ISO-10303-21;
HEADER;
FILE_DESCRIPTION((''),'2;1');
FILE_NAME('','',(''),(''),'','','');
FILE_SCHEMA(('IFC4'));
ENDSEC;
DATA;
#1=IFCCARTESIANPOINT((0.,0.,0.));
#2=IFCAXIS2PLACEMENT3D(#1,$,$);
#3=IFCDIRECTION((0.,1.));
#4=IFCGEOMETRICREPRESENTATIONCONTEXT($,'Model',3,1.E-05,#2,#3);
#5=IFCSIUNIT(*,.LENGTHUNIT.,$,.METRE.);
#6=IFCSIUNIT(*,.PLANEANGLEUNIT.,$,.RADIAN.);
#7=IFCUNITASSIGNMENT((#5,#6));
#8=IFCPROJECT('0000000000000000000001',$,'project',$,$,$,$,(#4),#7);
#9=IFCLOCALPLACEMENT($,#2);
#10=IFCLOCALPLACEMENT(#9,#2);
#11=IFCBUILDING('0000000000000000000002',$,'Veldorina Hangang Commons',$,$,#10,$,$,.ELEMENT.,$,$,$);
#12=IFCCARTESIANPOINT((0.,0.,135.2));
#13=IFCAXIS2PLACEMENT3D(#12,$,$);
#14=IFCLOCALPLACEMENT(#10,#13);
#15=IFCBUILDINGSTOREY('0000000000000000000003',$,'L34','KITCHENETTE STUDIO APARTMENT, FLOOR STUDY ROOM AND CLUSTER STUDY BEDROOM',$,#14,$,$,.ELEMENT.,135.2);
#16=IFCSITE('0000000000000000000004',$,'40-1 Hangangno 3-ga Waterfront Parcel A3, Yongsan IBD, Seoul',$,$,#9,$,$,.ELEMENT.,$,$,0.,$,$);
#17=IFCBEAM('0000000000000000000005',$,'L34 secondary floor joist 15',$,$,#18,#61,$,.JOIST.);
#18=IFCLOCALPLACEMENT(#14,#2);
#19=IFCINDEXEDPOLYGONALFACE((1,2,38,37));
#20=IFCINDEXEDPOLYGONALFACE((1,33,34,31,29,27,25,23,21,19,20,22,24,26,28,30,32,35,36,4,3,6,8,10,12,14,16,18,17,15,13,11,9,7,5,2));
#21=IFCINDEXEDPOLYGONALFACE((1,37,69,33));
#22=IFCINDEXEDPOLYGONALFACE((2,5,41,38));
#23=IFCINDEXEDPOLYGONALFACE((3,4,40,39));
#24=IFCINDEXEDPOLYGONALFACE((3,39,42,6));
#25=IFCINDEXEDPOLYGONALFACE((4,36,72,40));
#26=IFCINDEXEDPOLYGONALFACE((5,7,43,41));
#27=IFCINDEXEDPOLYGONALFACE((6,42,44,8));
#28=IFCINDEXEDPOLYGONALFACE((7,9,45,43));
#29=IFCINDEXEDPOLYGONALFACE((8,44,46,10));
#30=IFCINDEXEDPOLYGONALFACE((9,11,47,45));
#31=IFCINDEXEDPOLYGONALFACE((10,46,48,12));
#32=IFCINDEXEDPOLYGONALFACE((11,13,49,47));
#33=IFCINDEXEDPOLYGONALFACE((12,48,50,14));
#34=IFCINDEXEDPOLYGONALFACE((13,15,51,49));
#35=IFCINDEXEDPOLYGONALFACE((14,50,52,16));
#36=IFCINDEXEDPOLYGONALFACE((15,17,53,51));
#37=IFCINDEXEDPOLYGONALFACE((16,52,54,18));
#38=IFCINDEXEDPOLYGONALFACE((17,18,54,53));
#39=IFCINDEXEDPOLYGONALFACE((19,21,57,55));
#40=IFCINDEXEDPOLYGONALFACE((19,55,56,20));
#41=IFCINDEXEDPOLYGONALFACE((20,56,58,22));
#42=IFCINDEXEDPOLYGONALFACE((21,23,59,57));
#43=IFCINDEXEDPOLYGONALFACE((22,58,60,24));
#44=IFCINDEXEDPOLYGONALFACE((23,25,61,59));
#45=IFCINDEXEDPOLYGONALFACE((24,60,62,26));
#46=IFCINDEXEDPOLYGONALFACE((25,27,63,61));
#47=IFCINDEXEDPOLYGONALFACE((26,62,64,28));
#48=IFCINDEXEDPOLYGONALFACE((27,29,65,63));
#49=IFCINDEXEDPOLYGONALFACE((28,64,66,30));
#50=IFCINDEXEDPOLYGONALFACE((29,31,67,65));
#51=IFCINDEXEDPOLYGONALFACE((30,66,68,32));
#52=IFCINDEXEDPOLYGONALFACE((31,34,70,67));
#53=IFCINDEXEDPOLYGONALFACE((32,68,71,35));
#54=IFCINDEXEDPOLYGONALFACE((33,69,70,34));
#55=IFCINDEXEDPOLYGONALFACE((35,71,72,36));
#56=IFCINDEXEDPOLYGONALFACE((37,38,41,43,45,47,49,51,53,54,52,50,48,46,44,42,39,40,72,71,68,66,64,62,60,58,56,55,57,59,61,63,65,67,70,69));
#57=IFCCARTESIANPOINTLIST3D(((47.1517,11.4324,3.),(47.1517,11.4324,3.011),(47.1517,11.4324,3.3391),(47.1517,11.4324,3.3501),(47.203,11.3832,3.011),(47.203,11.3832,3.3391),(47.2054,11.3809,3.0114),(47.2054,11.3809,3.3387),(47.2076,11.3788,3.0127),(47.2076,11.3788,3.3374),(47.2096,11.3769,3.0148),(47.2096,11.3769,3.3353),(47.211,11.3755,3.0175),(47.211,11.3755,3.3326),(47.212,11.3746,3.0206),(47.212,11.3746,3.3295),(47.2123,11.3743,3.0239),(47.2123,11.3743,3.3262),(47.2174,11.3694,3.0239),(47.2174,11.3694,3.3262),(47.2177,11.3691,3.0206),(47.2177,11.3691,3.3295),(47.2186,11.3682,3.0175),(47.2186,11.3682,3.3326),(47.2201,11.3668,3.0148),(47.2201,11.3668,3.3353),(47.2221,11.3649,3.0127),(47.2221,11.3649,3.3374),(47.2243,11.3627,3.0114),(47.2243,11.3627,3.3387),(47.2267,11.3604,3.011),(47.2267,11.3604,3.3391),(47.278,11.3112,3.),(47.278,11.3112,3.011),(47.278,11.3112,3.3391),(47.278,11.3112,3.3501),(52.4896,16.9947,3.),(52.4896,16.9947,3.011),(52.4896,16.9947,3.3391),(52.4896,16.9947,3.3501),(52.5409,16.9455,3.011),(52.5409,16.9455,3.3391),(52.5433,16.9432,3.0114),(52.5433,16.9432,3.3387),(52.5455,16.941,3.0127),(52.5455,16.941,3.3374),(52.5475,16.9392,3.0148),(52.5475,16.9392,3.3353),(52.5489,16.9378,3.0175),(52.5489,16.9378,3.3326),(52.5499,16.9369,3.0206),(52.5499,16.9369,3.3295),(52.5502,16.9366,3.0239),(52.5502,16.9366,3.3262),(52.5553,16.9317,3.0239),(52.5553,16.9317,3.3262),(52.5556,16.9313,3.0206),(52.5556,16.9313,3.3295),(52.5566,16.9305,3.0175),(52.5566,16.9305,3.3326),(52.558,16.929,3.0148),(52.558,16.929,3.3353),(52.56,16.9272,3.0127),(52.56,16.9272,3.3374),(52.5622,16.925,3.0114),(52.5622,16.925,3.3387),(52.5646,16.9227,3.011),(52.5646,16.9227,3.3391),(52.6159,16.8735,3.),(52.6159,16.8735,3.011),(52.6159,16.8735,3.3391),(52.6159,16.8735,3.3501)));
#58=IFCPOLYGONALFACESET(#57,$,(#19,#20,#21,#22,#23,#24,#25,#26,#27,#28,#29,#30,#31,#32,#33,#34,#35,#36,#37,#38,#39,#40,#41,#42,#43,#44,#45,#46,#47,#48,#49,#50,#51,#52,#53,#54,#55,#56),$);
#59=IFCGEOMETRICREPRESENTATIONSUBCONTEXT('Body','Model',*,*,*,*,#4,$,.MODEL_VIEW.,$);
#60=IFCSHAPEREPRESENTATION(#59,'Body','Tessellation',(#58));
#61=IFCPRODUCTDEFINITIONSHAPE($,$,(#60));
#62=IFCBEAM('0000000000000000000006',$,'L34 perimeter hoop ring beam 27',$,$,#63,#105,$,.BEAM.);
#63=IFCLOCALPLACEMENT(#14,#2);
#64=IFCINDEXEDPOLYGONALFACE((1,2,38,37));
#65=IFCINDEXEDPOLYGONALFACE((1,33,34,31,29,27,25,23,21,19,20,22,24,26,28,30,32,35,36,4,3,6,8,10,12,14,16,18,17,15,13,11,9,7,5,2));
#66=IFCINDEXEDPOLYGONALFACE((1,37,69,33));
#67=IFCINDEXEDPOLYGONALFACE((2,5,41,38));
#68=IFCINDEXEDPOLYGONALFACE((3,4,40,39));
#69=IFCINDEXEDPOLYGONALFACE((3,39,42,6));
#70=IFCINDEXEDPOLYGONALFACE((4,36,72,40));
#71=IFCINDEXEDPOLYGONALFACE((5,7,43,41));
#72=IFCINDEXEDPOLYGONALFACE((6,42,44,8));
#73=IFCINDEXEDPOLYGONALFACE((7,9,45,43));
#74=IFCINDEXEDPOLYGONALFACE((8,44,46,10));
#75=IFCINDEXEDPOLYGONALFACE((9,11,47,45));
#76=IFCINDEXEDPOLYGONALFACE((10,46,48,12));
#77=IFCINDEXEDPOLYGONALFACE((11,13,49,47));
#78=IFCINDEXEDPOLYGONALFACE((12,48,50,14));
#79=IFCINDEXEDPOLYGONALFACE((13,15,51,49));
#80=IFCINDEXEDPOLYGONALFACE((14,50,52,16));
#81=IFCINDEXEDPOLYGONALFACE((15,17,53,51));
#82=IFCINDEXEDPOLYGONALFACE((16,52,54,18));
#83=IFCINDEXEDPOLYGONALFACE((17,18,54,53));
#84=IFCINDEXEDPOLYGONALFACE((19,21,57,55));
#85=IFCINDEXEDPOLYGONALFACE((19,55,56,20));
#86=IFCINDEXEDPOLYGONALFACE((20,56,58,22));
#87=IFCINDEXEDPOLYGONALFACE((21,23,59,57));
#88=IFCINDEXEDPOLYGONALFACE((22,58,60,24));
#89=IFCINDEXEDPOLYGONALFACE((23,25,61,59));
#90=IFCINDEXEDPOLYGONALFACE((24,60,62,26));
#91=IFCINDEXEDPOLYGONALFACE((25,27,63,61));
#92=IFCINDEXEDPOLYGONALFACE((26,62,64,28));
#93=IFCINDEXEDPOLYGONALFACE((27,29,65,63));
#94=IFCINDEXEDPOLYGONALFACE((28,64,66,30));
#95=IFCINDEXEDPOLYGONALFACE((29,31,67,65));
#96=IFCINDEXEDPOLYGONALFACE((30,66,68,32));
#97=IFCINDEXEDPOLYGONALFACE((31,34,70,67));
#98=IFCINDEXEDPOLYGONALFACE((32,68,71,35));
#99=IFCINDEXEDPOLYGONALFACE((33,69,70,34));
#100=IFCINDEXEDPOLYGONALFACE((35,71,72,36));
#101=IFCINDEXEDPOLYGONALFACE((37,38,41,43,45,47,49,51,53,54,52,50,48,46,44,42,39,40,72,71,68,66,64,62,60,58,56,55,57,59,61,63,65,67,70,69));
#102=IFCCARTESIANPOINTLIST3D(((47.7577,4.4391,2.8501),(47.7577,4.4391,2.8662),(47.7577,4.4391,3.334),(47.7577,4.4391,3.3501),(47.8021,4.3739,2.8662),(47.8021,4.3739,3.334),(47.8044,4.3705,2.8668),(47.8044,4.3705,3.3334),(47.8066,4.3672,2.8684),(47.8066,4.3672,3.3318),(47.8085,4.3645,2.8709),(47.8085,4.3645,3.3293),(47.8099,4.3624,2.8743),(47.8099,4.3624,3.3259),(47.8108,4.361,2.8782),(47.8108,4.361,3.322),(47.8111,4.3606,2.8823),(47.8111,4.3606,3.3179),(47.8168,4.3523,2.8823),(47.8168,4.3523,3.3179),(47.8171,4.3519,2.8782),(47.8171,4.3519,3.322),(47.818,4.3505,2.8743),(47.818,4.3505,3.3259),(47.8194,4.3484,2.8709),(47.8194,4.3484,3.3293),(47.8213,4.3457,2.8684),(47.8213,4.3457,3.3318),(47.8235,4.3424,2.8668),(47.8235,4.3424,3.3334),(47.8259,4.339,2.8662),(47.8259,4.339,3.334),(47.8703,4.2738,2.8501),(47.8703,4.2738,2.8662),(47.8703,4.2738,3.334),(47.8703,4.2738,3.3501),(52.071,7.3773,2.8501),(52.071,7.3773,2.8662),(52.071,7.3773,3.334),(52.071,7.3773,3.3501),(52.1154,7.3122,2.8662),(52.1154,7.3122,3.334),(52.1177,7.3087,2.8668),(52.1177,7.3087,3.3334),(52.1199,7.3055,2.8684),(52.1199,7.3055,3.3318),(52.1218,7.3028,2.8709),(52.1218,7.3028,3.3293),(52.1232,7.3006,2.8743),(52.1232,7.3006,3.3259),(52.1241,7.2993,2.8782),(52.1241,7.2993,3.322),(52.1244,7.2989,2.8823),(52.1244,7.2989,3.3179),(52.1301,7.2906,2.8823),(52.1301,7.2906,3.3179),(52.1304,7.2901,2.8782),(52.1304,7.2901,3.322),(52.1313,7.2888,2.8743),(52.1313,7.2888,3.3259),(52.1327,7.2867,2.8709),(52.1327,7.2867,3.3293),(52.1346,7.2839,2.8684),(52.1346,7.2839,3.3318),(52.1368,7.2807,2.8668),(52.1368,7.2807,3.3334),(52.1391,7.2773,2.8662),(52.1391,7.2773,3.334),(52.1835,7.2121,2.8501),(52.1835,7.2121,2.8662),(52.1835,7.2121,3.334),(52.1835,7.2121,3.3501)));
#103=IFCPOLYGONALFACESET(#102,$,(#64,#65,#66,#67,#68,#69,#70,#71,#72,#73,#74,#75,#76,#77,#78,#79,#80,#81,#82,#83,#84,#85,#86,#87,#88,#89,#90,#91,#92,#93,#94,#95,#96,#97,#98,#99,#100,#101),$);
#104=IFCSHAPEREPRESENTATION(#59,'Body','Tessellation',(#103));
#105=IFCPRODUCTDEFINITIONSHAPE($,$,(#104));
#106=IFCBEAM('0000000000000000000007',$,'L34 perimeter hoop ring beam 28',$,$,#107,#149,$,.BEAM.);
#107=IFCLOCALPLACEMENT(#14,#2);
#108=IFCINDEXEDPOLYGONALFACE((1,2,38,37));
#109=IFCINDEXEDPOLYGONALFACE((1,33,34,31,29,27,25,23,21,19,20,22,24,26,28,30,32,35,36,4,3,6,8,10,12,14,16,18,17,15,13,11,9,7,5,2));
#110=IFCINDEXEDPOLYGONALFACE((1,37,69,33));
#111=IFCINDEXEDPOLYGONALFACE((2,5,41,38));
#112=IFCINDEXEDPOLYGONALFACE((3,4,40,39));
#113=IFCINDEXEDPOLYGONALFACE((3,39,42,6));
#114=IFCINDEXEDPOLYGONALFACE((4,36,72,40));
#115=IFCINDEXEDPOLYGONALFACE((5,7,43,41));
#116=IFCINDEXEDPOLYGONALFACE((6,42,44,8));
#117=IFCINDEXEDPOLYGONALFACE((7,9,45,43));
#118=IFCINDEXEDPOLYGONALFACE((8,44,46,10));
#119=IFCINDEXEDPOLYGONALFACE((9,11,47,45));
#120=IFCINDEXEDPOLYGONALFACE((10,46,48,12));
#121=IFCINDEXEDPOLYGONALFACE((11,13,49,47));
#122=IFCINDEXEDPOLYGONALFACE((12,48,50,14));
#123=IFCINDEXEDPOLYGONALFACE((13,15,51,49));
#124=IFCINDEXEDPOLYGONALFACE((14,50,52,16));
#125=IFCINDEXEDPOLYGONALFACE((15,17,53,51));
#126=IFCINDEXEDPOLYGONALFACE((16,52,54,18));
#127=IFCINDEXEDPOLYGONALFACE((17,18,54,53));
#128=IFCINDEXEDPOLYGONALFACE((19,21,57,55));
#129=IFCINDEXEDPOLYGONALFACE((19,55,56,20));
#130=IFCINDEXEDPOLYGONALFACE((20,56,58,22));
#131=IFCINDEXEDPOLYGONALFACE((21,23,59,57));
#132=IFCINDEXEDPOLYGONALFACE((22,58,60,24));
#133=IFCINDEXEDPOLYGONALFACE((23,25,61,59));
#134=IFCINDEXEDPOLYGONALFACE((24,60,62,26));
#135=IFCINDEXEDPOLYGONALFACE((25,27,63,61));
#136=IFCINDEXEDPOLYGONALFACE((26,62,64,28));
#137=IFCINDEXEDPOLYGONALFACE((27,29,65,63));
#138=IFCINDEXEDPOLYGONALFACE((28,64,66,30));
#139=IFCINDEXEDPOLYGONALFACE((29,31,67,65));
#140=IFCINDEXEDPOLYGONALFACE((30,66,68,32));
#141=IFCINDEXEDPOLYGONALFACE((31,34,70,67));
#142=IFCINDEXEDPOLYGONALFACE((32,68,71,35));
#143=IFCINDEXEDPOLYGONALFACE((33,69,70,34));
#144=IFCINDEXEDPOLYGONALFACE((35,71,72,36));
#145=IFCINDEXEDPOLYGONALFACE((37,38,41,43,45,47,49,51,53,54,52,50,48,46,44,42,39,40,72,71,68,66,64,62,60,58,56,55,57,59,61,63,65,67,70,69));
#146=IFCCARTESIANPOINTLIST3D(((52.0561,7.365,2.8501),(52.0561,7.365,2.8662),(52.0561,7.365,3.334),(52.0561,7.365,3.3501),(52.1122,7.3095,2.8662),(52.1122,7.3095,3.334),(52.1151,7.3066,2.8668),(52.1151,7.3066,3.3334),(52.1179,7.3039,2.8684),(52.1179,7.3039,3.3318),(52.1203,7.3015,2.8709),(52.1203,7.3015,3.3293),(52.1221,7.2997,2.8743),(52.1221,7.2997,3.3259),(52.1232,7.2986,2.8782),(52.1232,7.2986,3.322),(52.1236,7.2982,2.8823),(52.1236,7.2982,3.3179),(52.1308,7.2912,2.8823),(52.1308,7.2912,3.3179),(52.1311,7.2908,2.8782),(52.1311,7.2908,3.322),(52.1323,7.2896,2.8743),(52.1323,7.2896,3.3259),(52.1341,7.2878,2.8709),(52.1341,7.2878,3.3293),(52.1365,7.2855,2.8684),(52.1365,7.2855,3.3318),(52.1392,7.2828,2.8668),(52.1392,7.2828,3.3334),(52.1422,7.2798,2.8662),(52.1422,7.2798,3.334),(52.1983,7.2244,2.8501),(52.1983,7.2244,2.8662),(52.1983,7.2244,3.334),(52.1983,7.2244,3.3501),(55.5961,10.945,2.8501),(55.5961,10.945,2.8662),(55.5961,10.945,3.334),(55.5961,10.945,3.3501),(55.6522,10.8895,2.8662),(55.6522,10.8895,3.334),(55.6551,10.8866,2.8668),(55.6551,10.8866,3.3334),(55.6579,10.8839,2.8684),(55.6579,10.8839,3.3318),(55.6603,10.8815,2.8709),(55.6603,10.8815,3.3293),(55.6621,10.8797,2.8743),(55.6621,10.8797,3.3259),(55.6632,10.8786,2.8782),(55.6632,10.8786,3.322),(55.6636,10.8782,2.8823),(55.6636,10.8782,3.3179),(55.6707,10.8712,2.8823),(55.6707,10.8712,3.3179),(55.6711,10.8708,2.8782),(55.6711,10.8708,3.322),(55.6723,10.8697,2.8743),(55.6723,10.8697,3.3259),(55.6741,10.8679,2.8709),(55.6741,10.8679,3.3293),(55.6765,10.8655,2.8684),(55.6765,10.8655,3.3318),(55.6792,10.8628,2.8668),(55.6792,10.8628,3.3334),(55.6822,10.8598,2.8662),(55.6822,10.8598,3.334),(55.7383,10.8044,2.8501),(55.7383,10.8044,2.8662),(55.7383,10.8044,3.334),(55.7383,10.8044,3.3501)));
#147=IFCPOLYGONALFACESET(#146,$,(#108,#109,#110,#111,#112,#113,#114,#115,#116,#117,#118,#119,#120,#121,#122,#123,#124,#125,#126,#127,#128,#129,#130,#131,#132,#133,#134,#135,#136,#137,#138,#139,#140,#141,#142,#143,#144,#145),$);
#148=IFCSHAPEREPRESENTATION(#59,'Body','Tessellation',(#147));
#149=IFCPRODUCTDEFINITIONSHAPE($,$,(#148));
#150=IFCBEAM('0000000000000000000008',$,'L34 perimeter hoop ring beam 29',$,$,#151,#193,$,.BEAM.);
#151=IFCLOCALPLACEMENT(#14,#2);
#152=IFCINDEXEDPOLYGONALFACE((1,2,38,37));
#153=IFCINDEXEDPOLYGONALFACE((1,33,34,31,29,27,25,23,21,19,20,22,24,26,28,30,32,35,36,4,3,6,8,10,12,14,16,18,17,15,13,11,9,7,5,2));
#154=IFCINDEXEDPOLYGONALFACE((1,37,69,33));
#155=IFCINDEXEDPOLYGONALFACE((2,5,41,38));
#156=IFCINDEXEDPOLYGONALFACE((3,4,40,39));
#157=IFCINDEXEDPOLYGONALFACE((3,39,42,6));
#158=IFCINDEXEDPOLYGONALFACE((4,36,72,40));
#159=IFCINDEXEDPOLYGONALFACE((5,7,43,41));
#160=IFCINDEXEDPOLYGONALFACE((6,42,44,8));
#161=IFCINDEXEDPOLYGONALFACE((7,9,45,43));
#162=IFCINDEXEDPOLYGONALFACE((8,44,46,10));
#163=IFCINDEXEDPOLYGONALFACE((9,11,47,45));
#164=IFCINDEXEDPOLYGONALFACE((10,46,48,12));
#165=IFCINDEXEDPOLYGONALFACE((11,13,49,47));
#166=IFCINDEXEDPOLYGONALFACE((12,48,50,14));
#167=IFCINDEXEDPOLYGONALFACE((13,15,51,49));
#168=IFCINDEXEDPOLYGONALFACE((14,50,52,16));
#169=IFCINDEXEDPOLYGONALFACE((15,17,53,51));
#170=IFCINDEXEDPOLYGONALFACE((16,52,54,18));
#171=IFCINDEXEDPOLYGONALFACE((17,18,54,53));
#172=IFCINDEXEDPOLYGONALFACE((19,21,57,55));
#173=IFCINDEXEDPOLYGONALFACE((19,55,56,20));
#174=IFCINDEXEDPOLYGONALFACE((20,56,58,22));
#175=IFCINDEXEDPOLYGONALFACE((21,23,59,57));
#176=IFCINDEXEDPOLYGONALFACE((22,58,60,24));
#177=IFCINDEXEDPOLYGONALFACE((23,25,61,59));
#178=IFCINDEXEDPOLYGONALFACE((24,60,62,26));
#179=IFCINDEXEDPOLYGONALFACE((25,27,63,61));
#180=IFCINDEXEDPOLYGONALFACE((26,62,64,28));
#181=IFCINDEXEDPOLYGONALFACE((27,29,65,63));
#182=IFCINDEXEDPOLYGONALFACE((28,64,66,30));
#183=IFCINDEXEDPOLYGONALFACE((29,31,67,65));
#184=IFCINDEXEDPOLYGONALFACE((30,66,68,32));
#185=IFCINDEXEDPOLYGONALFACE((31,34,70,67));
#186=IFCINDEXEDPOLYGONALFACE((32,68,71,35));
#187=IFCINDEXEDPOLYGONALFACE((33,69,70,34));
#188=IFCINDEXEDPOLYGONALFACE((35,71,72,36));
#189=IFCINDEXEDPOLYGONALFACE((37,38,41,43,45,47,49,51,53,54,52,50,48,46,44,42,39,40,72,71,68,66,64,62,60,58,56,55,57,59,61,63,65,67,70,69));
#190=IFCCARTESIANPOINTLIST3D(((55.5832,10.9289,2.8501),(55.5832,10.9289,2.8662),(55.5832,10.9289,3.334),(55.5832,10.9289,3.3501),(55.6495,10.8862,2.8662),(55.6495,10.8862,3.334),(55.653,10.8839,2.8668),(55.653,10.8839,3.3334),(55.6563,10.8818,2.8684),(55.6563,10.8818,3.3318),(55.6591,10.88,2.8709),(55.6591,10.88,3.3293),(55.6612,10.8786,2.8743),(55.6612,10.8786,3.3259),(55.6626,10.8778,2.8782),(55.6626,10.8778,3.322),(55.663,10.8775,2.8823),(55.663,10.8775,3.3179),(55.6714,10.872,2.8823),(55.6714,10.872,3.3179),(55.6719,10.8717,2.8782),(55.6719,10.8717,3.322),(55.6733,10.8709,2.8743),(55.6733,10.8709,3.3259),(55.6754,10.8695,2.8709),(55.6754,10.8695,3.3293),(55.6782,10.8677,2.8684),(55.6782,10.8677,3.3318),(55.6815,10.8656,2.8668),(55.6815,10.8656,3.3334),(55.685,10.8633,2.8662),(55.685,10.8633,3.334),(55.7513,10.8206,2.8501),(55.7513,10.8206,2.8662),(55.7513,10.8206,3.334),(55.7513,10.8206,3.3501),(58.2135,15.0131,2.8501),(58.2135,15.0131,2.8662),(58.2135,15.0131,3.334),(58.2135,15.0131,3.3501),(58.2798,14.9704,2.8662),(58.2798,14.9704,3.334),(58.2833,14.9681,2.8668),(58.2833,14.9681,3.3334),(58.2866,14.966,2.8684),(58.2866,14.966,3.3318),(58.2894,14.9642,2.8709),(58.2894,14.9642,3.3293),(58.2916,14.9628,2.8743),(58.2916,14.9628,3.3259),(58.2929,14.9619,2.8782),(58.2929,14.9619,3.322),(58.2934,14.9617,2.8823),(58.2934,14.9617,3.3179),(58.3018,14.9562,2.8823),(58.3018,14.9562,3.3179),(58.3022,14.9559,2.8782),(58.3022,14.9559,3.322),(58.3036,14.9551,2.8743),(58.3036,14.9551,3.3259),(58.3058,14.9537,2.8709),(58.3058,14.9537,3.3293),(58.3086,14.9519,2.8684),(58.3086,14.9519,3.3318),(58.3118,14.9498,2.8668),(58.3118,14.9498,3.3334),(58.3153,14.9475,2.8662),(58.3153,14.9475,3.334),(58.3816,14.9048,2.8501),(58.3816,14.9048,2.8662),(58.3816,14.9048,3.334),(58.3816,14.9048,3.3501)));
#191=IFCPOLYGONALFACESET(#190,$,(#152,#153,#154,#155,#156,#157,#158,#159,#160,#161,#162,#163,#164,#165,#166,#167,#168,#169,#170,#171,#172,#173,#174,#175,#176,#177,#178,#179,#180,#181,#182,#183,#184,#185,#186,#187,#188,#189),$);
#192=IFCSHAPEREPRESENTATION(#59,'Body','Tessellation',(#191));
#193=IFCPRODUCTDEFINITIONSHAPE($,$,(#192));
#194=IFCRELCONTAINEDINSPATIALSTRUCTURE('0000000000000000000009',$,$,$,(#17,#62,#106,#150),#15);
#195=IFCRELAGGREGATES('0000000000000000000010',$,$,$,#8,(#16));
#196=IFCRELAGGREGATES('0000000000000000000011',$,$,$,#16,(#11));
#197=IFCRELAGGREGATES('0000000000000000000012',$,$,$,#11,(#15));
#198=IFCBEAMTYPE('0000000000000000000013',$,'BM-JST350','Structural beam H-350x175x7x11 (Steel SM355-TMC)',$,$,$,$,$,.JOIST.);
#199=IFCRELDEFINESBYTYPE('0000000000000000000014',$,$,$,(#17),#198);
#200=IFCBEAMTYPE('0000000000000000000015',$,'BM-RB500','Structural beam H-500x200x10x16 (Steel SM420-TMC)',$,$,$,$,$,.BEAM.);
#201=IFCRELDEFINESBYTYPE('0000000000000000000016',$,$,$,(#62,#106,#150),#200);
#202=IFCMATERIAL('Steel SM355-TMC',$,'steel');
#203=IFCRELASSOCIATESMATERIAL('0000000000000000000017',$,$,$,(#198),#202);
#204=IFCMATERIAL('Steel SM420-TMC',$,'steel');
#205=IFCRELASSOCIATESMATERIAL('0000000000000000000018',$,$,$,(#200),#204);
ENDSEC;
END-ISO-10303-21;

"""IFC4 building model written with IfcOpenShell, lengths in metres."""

from ifc_helpers import new_model, si_unit, direction, frame, origin, origin_2d, place, context, subcontext, project, spatial, i_section, extrude, material, material_profile, profile_set, type_object, element, save


model = new_model("IFC4")

# Units and contexts
model_context = context("Model", 3, precision=1e-05, world=origin(), true_north=direction((0.0, 1.0)))
body_context = subcontext(model_context, "Body", "Model", "MODEL_VIEW")
ifc_project = project(units=[si_unit("LENGTHUNIT", "METRE"), si_unit("PLANEANGLEUNIT", "RADIAN")], contexts=[model_context])

# Site, building, storey
site_placement = place(None, origin())
site = spatial("IfcSite", under=ifc_project, at=site_placement, Name="40-1 Hangangno 3-ga Waterfront Parcel A3, Yongsan IBD, Seoul", CompositionType="ELEMENT", RefElevation=0.0)
building_placement = place(site_placement, origin())
building = spatial("IfcBuilding", under=site, at=building_placement, Name="Veldorina Hangang Commons", CompositionType="ELEMENT")
storey_placement = place(building_placement, frame((0.0, 0.0, 135.2)))
storey = spatial("IfcBuildingStorey", under=building, at=storey_placement, Name="L34", Description="KITCHENETTE STUDIO APARTMENT, FLOOR STUDY ROOM AND CLUSTER STUDY BEDROOM", CompositionType="ELEMENT", Elevation=135.2)

# Beams
ifc_material_1 = material(Name="Steel SM355-TMC", Category="steel")
ifc_material_profile_1 = material_profile(ifc_material_1, i_section(OverallWidth=0.175, OverallDepth=0.3501, WebThickness=0.0071, FlangeThickness=0.011, FilletRadius=0.0129, at=origin_2d()), Name="H-350x175x7x11")
ifc_profile_set_1 = profile_set([ifc_material_profile_1], Name="Steel SM355-TMC")
beam_type_1 = type_object("IfcBeamType", Name="BM-JST350", Description="Structural beam H-350x175x7x11 (Steel SM355-TMC)", PredefinedType="JOIST", material=ifc_profile_set_1)
beam_1_placement = place(storey_placement, frame((47.2148, 11.3718, 3.175), z_axis=(0.692405, 0.721509, 0.0), x_axis=(-0.721509, 0.692405, 0.0)))
element("IfcBeam", 1, at=beam_1_placement, inside=storey, type_object=beam_type_1, Name="L34 secondary floor joist 15", PredefinedType="JOIST", context=body_context, shape_type="SweptSolid", body=[
    extrude(i_section(OverallWidth=0.175, OverallDepth=0.3501, WebThickness=0.0071, FlangeThickness=0.011, FilletRadius=0.0129, at=origin_2d()), origin(), (0.0, 0.0, 1.0), 7.7092),
])
ifc_material_2 = material(Name="Steel SM420-TMC", Category="steel")
ifc_material_profile_2 = material_profile(ifc_material_2, i_section(OverallWidth=0.2, OverallDepth=0.5, WebThickness=0.01, FlangeThickness=0.0161, FilletRadius=0.0161, at=origin_2d()), Name="H-500x200x10x16")
ifc_profile_set_2 = profile_set([ifc_material_profile_2], Name="Steel SM420-TMC")
beam_type_2 = type_object("IfcBeamType", Name="BM-RB500", Description="Structural beam H-500x200x10x16 (Steel SM420-TMC)", PredefinedType="BEAM", material=ifc_profile_set_2)
beam_2_placement = place(storey_placement, frame((47.814, 4.3564, 3.1001), z_axis=(0.82646, 0.562996, 0.0), x_axis=(-0.562996, 0.82646, 0.0)))
element("IfcBeam", 2, at=beam_2_placement, inside=storey, type_object=beam_type_2, Name="L34 perimeter hoop ring beam 27", PredefinedType="BEAM", context=body_context, shape_type="SweptSolid", body=[
    extrude(i_section(OverallWidth=0.2, OverallDepth=0.5, WebThickness=0.01, FlangeThickness=0.0161, FilletRadius=0.0161, at=origin_2d()), origin(), (0.0, 0.0, 1.0), 5.219),
])
beam_3_placement = place(storey_placement, frame((52.1272, 7.2947, 3.1001), z_axis=(0.703119, 0.711072, 0.0), x_axis=(-0.711072, 0.703119, 0.0)))
element("IfcBeam", 3, at=beam_3_placement, inside=storey, type_object=beam_type_2, Name="L34 perimeter hoop ring beam 28", PredefinedType="BEAM", context=body_context, shape_type="SweptSolid", body=[
    extrude(i_section(OverallWidth=0.2, OverallDepth=0.5, WebThickness=0.01, FlangeThickness=0.0161, FilletRadius=0.0161, at=origin_2d()), origin(), (0.0, 0.0, 1.0), 5.0347),
])
beam_4_placement = place(storey_placement, frame((55.6672, 10.8748, 3.1001), z_axis=(0.541456, 0.840729, 0.0), x_axis=(-0.840729, 0.541456, 0.0)))
element("IfcBeam", 4, at=beam_4_placement, inside=storey, type_object=beam_type_2, Name="L34 perimeter hoop ring beam 29", PredefinedType="BEAM", context=body_context, shape_type="SweptSolid", body=[
    extrude(i_section(OverallWidth=0.2, OverallDepth=0.5, WebThickness=0.01, FlangeThickness=0.0161, FilletRadius=0.0161, at=origin_2d()), origin(), (0.0, 0.0, 1.0), 4.8579),
])

save(model, "model.ifc")
